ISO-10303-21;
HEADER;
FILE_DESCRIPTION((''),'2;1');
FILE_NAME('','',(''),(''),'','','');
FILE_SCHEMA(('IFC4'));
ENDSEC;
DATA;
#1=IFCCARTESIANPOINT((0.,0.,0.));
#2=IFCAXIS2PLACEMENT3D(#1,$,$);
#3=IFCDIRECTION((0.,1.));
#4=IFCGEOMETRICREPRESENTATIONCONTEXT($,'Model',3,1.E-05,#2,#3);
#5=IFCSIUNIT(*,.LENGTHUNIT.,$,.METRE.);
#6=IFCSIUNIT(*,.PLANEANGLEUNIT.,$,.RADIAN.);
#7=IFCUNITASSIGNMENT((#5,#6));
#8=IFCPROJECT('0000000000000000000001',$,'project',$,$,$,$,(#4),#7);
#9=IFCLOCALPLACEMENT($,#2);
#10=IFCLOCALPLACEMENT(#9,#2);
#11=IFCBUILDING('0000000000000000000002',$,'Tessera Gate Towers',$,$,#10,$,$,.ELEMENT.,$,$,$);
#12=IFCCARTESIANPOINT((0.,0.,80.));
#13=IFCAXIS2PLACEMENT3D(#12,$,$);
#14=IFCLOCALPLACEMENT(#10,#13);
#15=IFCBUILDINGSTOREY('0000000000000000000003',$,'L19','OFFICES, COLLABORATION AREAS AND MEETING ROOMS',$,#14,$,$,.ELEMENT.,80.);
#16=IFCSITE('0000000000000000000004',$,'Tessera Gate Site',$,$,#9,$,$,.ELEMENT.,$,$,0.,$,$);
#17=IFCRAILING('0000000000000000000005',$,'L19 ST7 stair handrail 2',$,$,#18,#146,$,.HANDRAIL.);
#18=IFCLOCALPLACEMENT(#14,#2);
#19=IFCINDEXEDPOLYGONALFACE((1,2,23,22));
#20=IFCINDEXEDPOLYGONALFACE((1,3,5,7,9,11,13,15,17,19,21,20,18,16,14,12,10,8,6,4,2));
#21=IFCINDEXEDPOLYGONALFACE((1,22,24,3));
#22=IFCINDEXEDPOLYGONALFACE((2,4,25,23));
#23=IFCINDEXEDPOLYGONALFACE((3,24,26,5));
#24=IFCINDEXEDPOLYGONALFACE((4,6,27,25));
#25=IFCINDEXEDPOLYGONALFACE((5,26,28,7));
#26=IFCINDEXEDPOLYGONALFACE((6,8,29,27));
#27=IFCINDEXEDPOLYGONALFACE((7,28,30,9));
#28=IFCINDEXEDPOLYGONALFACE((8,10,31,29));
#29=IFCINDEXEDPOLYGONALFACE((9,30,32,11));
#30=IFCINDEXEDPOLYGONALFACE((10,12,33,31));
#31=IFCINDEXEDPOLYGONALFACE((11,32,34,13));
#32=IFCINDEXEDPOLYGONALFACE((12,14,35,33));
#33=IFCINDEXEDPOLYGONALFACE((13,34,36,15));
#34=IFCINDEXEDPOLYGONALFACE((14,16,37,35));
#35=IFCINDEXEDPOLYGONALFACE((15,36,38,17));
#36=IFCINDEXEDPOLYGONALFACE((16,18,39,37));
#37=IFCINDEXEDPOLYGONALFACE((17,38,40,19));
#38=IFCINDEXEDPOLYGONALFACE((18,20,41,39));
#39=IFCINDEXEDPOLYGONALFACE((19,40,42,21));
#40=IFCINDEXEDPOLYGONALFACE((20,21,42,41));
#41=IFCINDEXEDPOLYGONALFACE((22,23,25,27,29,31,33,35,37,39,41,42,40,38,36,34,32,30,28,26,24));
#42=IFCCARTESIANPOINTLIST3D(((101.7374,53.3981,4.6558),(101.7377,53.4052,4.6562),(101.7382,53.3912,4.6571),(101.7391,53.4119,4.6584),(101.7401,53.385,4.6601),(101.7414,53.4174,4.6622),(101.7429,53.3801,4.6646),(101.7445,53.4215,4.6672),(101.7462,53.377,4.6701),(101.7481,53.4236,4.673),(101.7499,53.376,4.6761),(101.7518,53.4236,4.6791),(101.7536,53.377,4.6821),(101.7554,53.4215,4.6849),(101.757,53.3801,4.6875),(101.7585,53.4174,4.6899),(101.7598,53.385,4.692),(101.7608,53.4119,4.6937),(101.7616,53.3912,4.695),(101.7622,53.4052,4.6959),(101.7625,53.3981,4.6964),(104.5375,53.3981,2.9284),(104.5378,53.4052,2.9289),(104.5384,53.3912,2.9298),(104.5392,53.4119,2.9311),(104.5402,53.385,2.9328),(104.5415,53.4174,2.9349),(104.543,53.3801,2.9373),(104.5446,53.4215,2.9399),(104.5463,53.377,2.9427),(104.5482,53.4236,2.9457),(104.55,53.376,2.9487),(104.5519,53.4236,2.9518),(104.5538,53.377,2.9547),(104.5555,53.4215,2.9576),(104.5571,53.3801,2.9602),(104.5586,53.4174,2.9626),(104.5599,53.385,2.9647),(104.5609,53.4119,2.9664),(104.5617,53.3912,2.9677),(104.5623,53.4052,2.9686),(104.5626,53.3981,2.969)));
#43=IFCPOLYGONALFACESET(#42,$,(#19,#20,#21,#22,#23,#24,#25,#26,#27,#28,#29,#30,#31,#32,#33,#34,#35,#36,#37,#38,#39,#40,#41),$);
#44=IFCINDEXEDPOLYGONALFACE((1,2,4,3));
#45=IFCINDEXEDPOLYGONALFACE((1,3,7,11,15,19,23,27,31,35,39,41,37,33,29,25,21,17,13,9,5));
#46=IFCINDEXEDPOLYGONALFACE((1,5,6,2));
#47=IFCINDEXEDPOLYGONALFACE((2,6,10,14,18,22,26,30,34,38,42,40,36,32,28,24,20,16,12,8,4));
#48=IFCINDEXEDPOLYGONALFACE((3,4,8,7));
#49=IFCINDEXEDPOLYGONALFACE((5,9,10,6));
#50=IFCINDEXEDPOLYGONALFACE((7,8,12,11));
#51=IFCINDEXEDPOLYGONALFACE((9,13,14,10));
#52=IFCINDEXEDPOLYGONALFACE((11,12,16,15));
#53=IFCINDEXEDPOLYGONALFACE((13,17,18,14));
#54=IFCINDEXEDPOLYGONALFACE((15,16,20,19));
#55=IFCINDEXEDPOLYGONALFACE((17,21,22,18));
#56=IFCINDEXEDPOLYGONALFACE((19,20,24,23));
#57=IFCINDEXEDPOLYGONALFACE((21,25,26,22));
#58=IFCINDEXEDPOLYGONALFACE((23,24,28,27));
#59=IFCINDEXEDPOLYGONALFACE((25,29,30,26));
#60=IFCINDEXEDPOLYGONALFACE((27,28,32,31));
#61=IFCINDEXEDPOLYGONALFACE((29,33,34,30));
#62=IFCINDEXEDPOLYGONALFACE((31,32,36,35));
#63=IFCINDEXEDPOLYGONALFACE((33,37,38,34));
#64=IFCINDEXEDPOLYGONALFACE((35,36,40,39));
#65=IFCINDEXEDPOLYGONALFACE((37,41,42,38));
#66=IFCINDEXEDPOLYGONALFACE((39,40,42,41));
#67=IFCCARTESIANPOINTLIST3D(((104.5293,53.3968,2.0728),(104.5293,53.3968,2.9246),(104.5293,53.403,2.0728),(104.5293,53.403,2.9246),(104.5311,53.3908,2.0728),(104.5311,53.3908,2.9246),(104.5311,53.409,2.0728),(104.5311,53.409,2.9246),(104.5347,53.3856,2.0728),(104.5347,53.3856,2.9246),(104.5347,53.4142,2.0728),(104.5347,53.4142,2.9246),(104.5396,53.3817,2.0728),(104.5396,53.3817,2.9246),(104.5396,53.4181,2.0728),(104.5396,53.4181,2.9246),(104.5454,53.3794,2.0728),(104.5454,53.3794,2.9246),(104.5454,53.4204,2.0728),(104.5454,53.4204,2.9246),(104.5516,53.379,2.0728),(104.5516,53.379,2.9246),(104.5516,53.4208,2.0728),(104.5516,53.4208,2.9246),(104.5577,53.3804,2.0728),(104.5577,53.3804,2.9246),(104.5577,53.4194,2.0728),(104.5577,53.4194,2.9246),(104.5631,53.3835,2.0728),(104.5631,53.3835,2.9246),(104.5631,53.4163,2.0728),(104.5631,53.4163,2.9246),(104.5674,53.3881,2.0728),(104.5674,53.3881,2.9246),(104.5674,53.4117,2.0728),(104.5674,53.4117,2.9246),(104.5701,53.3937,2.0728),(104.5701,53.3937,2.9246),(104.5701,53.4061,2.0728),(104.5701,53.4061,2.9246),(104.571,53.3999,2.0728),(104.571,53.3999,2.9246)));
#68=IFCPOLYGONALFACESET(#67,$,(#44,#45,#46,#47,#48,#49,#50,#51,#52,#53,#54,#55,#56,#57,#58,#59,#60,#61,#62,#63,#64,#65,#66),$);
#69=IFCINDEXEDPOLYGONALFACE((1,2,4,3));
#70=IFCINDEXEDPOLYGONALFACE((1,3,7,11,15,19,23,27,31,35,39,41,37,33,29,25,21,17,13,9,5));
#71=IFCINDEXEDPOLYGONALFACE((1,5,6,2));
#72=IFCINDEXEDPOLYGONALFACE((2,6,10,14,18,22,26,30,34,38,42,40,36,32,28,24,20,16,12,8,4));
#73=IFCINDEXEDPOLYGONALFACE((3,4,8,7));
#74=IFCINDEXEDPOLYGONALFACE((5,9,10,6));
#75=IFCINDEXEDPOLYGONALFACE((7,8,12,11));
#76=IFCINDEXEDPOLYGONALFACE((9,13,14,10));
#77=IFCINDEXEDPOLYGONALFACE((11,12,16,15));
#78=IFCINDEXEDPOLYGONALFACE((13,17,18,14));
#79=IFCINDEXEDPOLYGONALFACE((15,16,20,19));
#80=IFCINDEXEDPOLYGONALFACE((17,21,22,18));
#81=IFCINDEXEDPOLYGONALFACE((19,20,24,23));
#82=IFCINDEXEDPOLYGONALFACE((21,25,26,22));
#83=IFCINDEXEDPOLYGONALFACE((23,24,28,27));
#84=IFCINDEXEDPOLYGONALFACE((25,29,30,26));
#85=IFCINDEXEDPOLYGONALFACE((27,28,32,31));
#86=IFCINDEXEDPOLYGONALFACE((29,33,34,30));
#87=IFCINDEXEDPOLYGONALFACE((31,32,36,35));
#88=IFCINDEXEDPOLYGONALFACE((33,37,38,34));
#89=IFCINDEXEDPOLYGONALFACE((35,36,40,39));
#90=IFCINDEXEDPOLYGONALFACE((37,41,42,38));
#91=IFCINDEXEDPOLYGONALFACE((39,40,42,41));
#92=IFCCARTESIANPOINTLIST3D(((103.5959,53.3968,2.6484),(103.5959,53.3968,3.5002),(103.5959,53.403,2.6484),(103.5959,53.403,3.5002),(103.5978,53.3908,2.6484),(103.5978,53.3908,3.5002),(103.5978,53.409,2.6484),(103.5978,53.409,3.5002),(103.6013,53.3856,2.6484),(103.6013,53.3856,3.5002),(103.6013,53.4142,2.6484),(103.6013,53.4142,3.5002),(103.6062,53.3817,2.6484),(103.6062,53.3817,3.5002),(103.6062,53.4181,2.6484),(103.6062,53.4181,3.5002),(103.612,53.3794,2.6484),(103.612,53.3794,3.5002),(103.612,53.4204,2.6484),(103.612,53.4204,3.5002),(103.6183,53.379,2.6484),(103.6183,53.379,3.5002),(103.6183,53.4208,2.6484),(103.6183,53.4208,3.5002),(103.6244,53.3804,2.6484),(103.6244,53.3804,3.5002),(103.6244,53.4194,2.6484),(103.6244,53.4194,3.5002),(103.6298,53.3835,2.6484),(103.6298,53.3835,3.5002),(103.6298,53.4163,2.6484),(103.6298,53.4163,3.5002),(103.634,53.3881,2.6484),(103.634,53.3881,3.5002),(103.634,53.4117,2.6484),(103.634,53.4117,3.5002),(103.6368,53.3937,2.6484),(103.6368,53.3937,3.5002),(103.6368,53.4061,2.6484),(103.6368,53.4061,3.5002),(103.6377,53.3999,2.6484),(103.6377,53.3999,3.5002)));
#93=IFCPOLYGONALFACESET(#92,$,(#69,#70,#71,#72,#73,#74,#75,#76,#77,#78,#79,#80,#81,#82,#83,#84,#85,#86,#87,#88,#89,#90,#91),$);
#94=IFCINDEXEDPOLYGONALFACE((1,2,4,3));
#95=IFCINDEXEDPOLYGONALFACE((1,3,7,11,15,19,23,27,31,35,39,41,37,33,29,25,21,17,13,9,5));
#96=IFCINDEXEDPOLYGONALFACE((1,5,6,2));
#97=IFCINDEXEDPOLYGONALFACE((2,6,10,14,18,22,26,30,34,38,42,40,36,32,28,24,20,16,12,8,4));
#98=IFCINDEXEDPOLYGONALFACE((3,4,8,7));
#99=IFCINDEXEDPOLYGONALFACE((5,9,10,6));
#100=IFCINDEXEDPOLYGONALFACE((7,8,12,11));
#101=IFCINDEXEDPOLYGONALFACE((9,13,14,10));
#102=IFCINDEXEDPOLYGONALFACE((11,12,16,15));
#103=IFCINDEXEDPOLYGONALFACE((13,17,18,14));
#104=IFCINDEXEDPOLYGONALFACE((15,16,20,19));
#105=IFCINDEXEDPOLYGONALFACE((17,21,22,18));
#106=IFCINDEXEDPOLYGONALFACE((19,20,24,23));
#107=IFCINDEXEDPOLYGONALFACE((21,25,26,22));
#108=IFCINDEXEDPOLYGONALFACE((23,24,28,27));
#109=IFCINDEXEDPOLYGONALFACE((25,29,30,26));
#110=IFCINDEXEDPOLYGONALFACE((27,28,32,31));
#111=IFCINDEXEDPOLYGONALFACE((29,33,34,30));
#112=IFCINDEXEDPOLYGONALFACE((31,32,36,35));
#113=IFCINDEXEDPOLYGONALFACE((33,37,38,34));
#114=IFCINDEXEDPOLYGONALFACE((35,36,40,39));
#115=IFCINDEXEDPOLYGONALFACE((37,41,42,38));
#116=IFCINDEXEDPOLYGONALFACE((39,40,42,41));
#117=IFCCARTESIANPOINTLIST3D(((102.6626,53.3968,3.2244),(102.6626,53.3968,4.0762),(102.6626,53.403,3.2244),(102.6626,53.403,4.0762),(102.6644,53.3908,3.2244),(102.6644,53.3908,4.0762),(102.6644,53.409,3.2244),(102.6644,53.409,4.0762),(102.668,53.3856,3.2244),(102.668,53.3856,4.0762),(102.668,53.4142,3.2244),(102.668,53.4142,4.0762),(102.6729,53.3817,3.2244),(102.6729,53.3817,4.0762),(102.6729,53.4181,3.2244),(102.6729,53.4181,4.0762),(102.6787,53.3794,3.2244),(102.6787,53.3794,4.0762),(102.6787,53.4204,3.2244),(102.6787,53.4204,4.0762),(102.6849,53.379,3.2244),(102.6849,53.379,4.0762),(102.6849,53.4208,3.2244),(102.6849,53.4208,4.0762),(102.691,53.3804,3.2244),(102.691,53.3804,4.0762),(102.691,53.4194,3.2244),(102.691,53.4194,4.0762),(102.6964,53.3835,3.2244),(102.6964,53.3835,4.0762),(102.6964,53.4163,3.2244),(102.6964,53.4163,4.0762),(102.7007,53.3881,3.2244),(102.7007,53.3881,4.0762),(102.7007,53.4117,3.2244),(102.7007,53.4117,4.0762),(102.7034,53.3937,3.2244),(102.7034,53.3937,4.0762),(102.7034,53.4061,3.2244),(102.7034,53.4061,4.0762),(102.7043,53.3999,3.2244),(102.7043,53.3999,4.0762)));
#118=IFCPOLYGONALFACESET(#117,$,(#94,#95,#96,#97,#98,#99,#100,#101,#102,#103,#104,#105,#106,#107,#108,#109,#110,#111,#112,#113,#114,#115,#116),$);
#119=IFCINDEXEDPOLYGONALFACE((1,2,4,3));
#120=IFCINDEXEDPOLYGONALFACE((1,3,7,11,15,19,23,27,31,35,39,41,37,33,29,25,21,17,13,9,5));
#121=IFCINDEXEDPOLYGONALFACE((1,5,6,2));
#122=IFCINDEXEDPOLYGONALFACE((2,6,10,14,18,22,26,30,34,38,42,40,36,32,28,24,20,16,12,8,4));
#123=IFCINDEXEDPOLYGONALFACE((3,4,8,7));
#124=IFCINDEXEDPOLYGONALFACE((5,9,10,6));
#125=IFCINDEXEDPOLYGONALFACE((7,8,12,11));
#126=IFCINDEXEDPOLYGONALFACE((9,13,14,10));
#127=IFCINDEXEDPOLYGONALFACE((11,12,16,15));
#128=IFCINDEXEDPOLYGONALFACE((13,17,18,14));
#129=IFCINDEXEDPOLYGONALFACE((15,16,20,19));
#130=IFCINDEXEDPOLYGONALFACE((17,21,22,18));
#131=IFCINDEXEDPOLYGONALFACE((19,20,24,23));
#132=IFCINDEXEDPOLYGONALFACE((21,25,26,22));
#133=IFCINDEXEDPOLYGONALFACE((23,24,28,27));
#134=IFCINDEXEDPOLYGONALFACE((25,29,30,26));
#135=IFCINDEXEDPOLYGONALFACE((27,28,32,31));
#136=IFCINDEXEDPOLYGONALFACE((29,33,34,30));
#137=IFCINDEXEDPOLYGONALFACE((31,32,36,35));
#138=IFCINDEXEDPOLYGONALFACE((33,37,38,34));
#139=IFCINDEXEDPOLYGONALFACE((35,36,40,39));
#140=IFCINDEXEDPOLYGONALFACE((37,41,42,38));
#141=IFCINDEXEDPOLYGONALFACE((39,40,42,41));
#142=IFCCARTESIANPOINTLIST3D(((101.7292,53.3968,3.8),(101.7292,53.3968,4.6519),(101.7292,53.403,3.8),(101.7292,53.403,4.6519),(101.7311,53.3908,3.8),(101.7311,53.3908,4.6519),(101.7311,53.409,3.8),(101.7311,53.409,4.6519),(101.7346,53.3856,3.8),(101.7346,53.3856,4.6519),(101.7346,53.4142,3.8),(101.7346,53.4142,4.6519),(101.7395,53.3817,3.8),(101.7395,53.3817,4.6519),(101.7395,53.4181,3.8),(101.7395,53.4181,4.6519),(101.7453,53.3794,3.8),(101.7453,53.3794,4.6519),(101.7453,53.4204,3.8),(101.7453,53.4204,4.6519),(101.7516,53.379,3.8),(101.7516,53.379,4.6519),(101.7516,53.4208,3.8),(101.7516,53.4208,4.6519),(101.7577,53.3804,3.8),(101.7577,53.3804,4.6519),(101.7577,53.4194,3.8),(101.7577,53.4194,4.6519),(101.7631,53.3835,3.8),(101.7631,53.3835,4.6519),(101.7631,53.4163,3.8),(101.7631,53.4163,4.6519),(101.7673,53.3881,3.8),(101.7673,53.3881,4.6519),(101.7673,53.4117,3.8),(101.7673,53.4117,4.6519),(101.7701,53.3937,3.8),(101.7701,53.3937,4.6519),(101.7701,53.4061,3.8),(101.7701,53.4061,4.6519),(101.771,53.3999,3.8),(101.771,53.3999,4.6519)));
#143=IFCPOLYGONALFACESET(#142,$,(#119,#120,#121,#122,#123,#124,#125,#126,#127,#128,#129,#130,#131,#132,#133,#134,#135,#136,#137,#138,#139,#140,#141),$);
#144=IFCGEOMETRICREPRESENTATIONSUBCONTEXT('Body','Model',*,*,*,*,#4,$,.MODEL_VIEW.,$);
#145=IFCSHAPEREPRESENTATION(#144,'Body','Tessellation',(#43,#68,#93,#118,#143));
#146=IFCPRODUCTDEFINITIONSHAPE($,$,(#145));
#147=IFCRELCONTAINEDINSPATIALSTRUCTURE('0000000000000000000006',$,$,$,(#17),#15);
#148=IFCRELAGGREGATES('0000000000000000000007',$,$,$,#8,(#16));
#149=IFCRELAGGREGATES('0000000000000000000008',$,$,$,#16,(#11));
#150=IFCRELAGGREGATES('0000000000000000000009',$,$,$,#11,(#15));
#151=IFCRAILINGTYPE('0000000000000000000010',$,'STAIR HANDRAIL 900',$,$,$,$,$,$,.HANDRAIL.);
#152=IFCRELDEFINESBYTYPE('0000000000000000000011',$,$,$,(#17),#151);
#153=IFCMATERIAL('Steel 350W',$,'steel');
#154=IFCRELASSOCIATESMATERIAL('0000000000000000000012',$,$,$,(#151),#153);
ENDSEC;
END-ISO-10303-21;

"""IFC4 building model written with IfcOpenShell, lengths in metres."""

from ifc_helpers import new_model, si_unit, direction, frame, origin, origin_2d, place, context, subcontext, project, spatial, circle, extrude, material, type_object, element, save


model = new_model("IFC4")

# Units and contexts
model_context = context("Model", 3, precision=1e-05, world=origin(), true_north=direction((0.0, 1.0)))
body_context = subcontext(model_context, "Body", "Model", "MODEL_VIEW")
ifc_project = project(units=[si_unit("LENGTHUNIT", "METRE"), si_unit("PLANEANGLEUNIT", "RADIAN")], contexts=[model_context])

# Site, building, storey
site_placement = place(None, origin())
site = spatial("IfcSite", under=ifc_project, at=site_placement, Name="Tessera Gate Site", CompositionType="ELEMENT", RefElevation=0.0)
building_placement = place(site_placement, origin())
building = spatial("IfcBuilding", under=site, at=building_placement, Name="Tessera Gate Towers", CompositionType="ELEMENT")
storey_placement = place(building_placement, frame((0.0, 0.0, 80.0)))
storey = spatial("IfcBuildingStorey", under=building, at=storey_placement, Name="L19", Description="OFFICES, COLLABORATION AREAS AND MEETING ROOMS", CompositionType="ELEMENT", Elevation=80.0)

# Railing
ifc_material_1 = material(Name="Steel 350W", Category="steel")
railing_type_1 = type_object("IfcRailingType", Name="STAIR HANDRAIL 900", PredefinedType="HANDRAIL", material=ifc_material_1)
railing_1_placement = place(storey_placement, frame((104.55, 53.3999, 2.0728)))
element("IfcRailing", 1, at=railing_1_placement, inside=storey, type_object=railing_type_1, Name="L19 ST7 stair handrail 2", PredefinedType="HANDRAIL", context=body_context, shape_type="SweptSolid", body=[
    extrude(circle(Radius=0.0239, at=origin_2d()), frame((0.0, 0.0, 0.876), z_axis=(-0.85109, 0.0, 0.52502), x_axis=(0.0, -1.0, 0.0)), (0.0, 0.0, 1.0), 3.29),
    extrude(circle(Radius=0.021, at=origin_2d()), origin(), (0.0, 0.0, 1.0), 0.8518),
    extrude(circle(Radius=0.021, at=origin_2d()), frame((-0.9333, 0.0, 0.5757)), (0.0, 0.0, 1.0), 0.8518),
    extrude(circle(Radius=0.021, at=origin_2d()), frame((-1.8667, 0.0, 1.1516)), (0.0, 0.0, 1.0), 0.8518),
    extrude(circle(Radius=0.021, at=origin_2d()), frame((-2.8, 0.0, 1.7273)), (0.0, 0.0, 1.0), 0.8518),
])

save(model, "model.ifc")
